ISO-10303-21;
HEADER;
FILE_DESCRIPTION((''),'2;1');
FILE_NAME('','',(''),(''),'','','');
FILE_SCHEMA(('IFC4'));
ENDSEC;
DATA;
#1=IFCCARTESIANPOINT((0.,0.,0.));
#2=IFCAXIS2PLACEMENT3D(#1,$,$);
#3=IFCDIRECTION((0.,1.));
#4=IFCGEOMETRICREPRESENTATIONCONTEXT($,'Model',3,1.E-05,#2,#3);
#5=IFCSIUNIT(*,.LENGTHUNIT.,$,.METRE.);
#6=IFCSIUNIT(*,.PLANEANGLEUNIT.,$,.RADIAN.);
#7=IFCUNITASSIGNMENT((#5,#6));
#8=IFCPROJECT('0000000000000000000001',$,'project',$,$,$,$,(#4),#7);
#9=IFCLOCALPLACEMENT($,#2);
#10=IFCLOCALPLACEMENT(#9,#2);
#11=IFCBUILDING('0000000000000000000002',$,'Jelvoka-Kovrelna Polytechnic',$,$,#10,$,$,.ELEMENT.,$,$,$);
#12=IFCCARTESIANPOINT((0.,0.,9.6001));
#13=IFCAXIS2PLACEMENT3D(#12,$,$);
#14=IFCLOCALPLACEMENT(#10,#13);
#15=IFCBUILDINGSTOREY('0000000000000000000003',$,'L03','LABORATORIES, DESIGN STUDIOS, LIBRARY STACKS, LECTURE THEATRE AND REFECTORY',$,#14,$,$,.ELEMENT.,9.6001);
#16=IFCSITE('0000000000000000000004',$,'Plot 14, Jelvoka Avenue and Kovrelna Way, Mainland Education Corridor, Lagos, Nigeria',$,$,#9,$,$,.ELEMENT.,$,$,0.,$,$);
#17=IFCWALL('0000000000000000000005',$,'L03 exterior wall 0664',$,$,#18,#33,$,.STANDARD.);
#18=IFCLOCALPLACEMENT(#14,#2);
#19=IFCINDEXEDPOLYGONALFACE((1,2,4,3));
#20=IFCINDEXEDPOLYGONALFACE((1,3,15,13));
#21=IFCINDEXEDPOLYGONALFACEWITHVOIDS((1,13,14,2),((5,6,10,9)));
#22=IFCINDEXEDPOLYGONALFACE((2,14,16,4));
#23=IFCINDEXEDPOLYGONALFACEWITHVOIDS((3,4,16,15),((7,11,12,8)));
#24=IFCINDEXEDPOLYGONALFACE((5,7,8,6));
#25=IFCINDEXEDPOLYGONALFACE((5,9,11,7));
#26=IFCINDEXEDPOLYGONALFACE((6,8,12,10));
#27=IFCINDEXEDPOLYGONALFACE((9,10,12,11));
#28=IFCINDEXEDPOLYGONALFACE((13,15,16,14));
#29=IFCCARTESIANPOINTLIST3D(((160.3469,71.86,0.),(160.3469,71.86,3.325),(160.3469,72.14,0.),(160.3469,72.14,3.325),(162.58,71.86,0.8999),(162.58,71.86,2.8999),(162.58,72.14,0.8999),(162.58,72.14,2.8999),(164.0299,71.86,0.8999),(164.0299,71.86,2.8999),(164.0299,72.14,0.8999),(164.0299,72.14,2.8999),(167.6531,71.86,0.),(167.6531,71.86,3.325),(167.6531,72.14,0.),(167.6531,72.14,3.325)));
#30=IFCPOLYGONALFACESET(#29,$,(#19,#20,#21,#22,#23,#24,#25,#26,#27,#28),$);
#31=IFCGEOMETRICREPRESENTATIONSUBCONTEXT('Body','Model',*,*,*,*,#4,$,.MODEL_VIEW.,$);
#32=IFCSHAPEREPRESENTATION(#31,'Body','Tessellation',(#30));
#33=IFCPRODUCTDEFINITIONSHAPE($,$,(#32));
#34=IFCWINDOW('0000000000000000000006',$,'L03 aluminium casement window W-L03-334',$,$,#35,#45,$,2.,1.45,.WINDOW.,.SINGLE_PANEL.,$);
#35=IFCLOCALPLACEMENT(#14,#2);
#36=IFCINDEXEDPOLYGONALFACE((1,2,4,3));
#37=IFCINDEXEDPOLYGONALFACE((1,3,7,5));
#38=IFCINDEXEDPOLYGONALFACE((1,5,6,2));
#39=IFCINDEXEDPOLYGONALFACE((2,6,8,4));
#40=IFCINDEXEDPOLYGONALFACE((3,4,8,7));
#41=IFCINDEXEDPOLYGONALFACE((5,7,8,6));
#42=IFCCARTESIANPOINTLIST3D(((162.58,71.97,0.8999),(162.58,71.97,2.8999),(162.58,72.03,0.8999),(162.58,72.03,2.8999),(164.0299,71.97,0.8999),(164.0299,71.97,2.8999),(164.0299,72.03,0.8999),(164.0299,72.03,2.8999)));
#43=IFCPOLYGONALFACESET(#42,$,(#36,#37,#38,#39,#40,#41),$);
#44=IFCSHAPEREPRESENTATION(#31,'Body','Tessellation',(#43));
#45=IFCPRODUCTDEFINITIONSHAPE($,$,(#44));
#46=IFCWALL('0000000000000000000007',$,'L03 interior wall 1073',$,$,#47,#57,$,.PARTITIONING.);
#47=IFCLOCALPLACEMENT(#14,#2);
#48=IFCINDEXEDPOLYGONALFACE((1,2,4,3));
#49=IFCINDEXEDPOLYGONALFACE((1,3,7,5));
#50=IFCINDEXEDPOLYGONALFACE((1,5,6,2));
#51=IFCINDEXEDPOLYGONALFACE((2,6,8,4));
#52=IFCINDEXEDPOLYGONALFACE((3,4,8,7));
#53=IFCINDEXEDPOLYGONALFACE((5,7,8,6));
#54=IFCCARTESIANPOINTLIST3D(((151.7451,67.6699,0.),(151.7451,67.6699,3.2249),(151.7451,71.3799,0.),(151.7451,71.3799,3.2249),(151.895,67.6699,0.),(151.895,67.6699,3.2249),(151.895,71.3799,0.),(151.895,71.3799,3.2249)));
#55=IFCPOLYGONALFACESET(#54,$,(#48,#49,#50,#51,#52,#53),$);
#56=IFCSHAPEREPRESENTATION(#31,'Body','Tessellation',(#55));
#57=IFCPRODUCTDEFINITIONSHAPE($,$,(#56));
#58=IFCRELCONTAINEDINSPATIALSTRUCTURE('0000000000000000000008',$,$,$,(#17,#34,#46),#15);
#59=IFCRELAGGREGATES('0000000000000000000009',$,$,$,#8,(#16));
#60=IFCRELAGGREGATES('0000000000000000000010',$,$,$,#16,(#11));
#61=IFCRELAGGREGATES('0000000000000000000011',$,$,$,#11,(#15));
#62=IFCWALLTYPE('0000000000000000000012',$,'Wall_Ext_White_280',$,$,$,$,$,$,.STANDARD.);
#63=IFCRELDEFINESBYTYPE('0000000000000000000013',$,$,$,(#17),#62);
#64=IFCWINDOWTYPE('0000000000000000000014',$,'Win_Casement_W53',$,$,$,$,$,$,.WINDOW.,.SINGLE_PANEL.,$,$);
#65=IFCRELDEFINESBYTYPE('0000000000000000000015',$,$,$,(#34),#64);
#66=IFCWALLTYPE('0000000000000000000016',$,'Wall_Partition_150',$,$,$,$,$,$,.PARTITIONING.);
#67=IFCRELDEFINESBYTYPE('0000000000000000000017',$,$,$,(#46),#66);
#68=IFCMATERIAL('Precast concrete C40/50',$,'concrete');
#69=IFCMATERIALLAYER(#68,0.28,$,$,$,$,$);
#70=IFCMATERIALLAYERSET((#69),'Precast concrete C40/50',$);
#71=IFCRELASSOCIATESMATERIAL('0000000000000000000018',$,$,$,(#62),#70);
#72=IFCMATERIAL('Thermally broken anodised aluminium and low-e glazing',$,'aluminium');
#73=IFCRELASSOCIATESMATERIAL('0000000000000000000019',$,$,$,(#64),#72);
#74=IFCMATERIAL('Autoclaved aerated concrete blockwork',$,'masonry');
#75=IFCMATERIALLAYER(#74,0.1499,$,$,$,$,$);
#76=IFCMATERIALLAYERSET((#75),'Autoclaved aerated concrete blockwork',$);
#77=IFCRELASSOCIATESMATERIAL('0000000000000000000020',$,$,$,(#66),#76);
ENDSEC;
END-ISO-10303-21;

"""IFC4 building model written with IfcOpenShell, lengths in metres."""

from ifc_helpers import new_model, si_unit, direction, frame, frame_2d, origin, place, context, subcontext, project, spatial, rectangle, extrude, material, layer, layer_set, type_object, element, fill, save


model = new_model("IFC4")

# Units and contexts
model_context = context("Model", 3, precision=1e-05, world=origin(), true_north=direction((0.0, 1.0)))
body_context = subcontext(model_context, "Body", "Model", "MODEL_VIEW")
ifc_project = project(units=[si_unit("LENGTHUNIT", "METRE"), si_unit("PLANEANGLEUNIT", "RADIAN")], contexts=[model_context])

# Site, building, storey
site_placement = place(None, origin())
site = spatial("IfcSite", under=ifc_project, at=site_placement, Name="Plot 14, Jelvoka Avenue and Kovrelna Way, Mainland Education Corridor, Lagos, Nigeria", CompositionType="ELEMENT", RefElevation=0.0)
building_placement = place(site_placement, origin())
building = spatial("IfcBuilding", under=site, at=building_placement, Name="Jelvoka-Kovrelna Polytechnic", CompositionType="ELEMENT")
storey_placement = place(building_placement, frame((0.0, 0.0, 9.6001)))
storey = spatial("IfcBuildingStorey", under=building, at=storey_placement, Name="L03", Description="LABORATORIES, DESIGN STUDIOS, LIBRARY STACKS, LECTURE THEATRE AND REFECTORY", CompositionType="ELEMENT", Elevation=9.6001)

# Wall, opening, window
ifc_material_1 = material(Name="Precast concrete C40/50", Category="concrete")
ifc_layer_1 = layer(ifc_material_1, 0.28)
ifc_layer_set_1 = layer_set([ifc_layer_1], Name="Precast concrete C40/50")
wall_type_1 = type_object("IfcWallType", Name="Wall_Ext_White_280", PredefinedType="STANDARD", material=ifc_layer_set_1)
wall_1_placement = place(storey_placement, frame((160.3469, 72.0, 0.0), z_axis=(0.0, 0.0, 1.0), x_axis=(1.0, 0.0, 0.0)))
wall_1 = element("IfcWall", 1, at=wall_1_placement, inside=storey, type_object=wall_type_1, Name="L03 exterior wall 0664", PredefinedType="STANDARD", context=body_context, shape_type="SweptSolid", body=[
    extrude(rectangle(XDim=7.3062, YDim=0.28, at=frame_2d((3.6531, 0.0))), origin(), (0.0, 0.0, 1.0), 3.325),
])
opening_1_placement = place(wall_1_placement, frame((2.2329, 0.0, 0.8999)))
opening_1 = element("IfcOpeningElement", 2, at=opening_1_placement, cuts=wall_1, PredefinedType="OPENING", context=body_context, shape_type="SweptSolid", body=[
    extrude(rectangle(XDim=1.45, YDim=2.0, at=frame_2d((0.7251, 1.0))), frame((0.0, 0.1501, 0.0), z_axis=(0.0, -1.0, 0.0), x_axis=(1.0, 0.0, 0.0)), (0.0, 0.0, 1.0), 0.3),
])
ifc_material_2 = material(Name="Thermally broken anodised aluminium and low-e glazing", Category="aluminium")
window_type_1 = type_object("IfcWindowType", Name="Win_Casement_W53", PartitioningType="SINGLE_PANEL", PredefinedType="WINDOW", material=ifc_material_2)
window_1_placement = place(opening_1_placement, origin())
window_1 = element("IfcWindow", 3, at=window_1_placement, inside=storey, type_object=window_type_1, Name="L03 aluminium casement window W-L03-334", OverallHeight=2.0, OverallWidth=1.45, PartitioningType="SINGLE_PANEL", PredefinedType="WINDOW", context=body_context, shape_type="SweptSolid", body=[
    extrude(rectangle(XDim=1.45, YDim=2.0, at=frame_2d((0.7251, 1.0))), frame((0.0, 0.03, 0.0), z_axis=(0.0, -1.0, 0.0), x_axis=(1.0, 0.0, 0.0)), (0.0, 0.0, 1.0), 0.0601),
])
fill(opening_1, window_1)

# Wall
ifc_material_3 = material(Name="Autoclaved aerated concrete blockwork", Category="masonry")
ifc_layer_2 = layer(ifc_material_3, 0.1499)
ifc_layer_set_2 = layer_set([ifc_layer_2], Name="Autoclaved aerated concrete blockwork")
wall_type_2 = type_object("IfcWallType", Name="Wall_Partition_150", PredefinedType="PARTITIONING", material=ifc_layer_set_2)
wall_2_placement = place(storey_placement, frame((151.8201, 67.6699, 0.0), z_axis=(0.0, 0.0, 1.0), x_axis=(0.0, 1.0, 0.0)))
element("IfcWall", 4, at=wall_2_placement, inside=storey, type_object=wall_type_2, Name="L03 interior wall 1073", PredefinedType="PARTITIONING", context=body_context, shape_type="SweptSolid", body=[
    extrude(rectangle(XDim=3.71, YDim=0.1499, at=frame_2d((1.855, 0.0))), origin(), (0.0, 0.0, 1.0), 3.2249),
])

save(model, "model.ifc")
